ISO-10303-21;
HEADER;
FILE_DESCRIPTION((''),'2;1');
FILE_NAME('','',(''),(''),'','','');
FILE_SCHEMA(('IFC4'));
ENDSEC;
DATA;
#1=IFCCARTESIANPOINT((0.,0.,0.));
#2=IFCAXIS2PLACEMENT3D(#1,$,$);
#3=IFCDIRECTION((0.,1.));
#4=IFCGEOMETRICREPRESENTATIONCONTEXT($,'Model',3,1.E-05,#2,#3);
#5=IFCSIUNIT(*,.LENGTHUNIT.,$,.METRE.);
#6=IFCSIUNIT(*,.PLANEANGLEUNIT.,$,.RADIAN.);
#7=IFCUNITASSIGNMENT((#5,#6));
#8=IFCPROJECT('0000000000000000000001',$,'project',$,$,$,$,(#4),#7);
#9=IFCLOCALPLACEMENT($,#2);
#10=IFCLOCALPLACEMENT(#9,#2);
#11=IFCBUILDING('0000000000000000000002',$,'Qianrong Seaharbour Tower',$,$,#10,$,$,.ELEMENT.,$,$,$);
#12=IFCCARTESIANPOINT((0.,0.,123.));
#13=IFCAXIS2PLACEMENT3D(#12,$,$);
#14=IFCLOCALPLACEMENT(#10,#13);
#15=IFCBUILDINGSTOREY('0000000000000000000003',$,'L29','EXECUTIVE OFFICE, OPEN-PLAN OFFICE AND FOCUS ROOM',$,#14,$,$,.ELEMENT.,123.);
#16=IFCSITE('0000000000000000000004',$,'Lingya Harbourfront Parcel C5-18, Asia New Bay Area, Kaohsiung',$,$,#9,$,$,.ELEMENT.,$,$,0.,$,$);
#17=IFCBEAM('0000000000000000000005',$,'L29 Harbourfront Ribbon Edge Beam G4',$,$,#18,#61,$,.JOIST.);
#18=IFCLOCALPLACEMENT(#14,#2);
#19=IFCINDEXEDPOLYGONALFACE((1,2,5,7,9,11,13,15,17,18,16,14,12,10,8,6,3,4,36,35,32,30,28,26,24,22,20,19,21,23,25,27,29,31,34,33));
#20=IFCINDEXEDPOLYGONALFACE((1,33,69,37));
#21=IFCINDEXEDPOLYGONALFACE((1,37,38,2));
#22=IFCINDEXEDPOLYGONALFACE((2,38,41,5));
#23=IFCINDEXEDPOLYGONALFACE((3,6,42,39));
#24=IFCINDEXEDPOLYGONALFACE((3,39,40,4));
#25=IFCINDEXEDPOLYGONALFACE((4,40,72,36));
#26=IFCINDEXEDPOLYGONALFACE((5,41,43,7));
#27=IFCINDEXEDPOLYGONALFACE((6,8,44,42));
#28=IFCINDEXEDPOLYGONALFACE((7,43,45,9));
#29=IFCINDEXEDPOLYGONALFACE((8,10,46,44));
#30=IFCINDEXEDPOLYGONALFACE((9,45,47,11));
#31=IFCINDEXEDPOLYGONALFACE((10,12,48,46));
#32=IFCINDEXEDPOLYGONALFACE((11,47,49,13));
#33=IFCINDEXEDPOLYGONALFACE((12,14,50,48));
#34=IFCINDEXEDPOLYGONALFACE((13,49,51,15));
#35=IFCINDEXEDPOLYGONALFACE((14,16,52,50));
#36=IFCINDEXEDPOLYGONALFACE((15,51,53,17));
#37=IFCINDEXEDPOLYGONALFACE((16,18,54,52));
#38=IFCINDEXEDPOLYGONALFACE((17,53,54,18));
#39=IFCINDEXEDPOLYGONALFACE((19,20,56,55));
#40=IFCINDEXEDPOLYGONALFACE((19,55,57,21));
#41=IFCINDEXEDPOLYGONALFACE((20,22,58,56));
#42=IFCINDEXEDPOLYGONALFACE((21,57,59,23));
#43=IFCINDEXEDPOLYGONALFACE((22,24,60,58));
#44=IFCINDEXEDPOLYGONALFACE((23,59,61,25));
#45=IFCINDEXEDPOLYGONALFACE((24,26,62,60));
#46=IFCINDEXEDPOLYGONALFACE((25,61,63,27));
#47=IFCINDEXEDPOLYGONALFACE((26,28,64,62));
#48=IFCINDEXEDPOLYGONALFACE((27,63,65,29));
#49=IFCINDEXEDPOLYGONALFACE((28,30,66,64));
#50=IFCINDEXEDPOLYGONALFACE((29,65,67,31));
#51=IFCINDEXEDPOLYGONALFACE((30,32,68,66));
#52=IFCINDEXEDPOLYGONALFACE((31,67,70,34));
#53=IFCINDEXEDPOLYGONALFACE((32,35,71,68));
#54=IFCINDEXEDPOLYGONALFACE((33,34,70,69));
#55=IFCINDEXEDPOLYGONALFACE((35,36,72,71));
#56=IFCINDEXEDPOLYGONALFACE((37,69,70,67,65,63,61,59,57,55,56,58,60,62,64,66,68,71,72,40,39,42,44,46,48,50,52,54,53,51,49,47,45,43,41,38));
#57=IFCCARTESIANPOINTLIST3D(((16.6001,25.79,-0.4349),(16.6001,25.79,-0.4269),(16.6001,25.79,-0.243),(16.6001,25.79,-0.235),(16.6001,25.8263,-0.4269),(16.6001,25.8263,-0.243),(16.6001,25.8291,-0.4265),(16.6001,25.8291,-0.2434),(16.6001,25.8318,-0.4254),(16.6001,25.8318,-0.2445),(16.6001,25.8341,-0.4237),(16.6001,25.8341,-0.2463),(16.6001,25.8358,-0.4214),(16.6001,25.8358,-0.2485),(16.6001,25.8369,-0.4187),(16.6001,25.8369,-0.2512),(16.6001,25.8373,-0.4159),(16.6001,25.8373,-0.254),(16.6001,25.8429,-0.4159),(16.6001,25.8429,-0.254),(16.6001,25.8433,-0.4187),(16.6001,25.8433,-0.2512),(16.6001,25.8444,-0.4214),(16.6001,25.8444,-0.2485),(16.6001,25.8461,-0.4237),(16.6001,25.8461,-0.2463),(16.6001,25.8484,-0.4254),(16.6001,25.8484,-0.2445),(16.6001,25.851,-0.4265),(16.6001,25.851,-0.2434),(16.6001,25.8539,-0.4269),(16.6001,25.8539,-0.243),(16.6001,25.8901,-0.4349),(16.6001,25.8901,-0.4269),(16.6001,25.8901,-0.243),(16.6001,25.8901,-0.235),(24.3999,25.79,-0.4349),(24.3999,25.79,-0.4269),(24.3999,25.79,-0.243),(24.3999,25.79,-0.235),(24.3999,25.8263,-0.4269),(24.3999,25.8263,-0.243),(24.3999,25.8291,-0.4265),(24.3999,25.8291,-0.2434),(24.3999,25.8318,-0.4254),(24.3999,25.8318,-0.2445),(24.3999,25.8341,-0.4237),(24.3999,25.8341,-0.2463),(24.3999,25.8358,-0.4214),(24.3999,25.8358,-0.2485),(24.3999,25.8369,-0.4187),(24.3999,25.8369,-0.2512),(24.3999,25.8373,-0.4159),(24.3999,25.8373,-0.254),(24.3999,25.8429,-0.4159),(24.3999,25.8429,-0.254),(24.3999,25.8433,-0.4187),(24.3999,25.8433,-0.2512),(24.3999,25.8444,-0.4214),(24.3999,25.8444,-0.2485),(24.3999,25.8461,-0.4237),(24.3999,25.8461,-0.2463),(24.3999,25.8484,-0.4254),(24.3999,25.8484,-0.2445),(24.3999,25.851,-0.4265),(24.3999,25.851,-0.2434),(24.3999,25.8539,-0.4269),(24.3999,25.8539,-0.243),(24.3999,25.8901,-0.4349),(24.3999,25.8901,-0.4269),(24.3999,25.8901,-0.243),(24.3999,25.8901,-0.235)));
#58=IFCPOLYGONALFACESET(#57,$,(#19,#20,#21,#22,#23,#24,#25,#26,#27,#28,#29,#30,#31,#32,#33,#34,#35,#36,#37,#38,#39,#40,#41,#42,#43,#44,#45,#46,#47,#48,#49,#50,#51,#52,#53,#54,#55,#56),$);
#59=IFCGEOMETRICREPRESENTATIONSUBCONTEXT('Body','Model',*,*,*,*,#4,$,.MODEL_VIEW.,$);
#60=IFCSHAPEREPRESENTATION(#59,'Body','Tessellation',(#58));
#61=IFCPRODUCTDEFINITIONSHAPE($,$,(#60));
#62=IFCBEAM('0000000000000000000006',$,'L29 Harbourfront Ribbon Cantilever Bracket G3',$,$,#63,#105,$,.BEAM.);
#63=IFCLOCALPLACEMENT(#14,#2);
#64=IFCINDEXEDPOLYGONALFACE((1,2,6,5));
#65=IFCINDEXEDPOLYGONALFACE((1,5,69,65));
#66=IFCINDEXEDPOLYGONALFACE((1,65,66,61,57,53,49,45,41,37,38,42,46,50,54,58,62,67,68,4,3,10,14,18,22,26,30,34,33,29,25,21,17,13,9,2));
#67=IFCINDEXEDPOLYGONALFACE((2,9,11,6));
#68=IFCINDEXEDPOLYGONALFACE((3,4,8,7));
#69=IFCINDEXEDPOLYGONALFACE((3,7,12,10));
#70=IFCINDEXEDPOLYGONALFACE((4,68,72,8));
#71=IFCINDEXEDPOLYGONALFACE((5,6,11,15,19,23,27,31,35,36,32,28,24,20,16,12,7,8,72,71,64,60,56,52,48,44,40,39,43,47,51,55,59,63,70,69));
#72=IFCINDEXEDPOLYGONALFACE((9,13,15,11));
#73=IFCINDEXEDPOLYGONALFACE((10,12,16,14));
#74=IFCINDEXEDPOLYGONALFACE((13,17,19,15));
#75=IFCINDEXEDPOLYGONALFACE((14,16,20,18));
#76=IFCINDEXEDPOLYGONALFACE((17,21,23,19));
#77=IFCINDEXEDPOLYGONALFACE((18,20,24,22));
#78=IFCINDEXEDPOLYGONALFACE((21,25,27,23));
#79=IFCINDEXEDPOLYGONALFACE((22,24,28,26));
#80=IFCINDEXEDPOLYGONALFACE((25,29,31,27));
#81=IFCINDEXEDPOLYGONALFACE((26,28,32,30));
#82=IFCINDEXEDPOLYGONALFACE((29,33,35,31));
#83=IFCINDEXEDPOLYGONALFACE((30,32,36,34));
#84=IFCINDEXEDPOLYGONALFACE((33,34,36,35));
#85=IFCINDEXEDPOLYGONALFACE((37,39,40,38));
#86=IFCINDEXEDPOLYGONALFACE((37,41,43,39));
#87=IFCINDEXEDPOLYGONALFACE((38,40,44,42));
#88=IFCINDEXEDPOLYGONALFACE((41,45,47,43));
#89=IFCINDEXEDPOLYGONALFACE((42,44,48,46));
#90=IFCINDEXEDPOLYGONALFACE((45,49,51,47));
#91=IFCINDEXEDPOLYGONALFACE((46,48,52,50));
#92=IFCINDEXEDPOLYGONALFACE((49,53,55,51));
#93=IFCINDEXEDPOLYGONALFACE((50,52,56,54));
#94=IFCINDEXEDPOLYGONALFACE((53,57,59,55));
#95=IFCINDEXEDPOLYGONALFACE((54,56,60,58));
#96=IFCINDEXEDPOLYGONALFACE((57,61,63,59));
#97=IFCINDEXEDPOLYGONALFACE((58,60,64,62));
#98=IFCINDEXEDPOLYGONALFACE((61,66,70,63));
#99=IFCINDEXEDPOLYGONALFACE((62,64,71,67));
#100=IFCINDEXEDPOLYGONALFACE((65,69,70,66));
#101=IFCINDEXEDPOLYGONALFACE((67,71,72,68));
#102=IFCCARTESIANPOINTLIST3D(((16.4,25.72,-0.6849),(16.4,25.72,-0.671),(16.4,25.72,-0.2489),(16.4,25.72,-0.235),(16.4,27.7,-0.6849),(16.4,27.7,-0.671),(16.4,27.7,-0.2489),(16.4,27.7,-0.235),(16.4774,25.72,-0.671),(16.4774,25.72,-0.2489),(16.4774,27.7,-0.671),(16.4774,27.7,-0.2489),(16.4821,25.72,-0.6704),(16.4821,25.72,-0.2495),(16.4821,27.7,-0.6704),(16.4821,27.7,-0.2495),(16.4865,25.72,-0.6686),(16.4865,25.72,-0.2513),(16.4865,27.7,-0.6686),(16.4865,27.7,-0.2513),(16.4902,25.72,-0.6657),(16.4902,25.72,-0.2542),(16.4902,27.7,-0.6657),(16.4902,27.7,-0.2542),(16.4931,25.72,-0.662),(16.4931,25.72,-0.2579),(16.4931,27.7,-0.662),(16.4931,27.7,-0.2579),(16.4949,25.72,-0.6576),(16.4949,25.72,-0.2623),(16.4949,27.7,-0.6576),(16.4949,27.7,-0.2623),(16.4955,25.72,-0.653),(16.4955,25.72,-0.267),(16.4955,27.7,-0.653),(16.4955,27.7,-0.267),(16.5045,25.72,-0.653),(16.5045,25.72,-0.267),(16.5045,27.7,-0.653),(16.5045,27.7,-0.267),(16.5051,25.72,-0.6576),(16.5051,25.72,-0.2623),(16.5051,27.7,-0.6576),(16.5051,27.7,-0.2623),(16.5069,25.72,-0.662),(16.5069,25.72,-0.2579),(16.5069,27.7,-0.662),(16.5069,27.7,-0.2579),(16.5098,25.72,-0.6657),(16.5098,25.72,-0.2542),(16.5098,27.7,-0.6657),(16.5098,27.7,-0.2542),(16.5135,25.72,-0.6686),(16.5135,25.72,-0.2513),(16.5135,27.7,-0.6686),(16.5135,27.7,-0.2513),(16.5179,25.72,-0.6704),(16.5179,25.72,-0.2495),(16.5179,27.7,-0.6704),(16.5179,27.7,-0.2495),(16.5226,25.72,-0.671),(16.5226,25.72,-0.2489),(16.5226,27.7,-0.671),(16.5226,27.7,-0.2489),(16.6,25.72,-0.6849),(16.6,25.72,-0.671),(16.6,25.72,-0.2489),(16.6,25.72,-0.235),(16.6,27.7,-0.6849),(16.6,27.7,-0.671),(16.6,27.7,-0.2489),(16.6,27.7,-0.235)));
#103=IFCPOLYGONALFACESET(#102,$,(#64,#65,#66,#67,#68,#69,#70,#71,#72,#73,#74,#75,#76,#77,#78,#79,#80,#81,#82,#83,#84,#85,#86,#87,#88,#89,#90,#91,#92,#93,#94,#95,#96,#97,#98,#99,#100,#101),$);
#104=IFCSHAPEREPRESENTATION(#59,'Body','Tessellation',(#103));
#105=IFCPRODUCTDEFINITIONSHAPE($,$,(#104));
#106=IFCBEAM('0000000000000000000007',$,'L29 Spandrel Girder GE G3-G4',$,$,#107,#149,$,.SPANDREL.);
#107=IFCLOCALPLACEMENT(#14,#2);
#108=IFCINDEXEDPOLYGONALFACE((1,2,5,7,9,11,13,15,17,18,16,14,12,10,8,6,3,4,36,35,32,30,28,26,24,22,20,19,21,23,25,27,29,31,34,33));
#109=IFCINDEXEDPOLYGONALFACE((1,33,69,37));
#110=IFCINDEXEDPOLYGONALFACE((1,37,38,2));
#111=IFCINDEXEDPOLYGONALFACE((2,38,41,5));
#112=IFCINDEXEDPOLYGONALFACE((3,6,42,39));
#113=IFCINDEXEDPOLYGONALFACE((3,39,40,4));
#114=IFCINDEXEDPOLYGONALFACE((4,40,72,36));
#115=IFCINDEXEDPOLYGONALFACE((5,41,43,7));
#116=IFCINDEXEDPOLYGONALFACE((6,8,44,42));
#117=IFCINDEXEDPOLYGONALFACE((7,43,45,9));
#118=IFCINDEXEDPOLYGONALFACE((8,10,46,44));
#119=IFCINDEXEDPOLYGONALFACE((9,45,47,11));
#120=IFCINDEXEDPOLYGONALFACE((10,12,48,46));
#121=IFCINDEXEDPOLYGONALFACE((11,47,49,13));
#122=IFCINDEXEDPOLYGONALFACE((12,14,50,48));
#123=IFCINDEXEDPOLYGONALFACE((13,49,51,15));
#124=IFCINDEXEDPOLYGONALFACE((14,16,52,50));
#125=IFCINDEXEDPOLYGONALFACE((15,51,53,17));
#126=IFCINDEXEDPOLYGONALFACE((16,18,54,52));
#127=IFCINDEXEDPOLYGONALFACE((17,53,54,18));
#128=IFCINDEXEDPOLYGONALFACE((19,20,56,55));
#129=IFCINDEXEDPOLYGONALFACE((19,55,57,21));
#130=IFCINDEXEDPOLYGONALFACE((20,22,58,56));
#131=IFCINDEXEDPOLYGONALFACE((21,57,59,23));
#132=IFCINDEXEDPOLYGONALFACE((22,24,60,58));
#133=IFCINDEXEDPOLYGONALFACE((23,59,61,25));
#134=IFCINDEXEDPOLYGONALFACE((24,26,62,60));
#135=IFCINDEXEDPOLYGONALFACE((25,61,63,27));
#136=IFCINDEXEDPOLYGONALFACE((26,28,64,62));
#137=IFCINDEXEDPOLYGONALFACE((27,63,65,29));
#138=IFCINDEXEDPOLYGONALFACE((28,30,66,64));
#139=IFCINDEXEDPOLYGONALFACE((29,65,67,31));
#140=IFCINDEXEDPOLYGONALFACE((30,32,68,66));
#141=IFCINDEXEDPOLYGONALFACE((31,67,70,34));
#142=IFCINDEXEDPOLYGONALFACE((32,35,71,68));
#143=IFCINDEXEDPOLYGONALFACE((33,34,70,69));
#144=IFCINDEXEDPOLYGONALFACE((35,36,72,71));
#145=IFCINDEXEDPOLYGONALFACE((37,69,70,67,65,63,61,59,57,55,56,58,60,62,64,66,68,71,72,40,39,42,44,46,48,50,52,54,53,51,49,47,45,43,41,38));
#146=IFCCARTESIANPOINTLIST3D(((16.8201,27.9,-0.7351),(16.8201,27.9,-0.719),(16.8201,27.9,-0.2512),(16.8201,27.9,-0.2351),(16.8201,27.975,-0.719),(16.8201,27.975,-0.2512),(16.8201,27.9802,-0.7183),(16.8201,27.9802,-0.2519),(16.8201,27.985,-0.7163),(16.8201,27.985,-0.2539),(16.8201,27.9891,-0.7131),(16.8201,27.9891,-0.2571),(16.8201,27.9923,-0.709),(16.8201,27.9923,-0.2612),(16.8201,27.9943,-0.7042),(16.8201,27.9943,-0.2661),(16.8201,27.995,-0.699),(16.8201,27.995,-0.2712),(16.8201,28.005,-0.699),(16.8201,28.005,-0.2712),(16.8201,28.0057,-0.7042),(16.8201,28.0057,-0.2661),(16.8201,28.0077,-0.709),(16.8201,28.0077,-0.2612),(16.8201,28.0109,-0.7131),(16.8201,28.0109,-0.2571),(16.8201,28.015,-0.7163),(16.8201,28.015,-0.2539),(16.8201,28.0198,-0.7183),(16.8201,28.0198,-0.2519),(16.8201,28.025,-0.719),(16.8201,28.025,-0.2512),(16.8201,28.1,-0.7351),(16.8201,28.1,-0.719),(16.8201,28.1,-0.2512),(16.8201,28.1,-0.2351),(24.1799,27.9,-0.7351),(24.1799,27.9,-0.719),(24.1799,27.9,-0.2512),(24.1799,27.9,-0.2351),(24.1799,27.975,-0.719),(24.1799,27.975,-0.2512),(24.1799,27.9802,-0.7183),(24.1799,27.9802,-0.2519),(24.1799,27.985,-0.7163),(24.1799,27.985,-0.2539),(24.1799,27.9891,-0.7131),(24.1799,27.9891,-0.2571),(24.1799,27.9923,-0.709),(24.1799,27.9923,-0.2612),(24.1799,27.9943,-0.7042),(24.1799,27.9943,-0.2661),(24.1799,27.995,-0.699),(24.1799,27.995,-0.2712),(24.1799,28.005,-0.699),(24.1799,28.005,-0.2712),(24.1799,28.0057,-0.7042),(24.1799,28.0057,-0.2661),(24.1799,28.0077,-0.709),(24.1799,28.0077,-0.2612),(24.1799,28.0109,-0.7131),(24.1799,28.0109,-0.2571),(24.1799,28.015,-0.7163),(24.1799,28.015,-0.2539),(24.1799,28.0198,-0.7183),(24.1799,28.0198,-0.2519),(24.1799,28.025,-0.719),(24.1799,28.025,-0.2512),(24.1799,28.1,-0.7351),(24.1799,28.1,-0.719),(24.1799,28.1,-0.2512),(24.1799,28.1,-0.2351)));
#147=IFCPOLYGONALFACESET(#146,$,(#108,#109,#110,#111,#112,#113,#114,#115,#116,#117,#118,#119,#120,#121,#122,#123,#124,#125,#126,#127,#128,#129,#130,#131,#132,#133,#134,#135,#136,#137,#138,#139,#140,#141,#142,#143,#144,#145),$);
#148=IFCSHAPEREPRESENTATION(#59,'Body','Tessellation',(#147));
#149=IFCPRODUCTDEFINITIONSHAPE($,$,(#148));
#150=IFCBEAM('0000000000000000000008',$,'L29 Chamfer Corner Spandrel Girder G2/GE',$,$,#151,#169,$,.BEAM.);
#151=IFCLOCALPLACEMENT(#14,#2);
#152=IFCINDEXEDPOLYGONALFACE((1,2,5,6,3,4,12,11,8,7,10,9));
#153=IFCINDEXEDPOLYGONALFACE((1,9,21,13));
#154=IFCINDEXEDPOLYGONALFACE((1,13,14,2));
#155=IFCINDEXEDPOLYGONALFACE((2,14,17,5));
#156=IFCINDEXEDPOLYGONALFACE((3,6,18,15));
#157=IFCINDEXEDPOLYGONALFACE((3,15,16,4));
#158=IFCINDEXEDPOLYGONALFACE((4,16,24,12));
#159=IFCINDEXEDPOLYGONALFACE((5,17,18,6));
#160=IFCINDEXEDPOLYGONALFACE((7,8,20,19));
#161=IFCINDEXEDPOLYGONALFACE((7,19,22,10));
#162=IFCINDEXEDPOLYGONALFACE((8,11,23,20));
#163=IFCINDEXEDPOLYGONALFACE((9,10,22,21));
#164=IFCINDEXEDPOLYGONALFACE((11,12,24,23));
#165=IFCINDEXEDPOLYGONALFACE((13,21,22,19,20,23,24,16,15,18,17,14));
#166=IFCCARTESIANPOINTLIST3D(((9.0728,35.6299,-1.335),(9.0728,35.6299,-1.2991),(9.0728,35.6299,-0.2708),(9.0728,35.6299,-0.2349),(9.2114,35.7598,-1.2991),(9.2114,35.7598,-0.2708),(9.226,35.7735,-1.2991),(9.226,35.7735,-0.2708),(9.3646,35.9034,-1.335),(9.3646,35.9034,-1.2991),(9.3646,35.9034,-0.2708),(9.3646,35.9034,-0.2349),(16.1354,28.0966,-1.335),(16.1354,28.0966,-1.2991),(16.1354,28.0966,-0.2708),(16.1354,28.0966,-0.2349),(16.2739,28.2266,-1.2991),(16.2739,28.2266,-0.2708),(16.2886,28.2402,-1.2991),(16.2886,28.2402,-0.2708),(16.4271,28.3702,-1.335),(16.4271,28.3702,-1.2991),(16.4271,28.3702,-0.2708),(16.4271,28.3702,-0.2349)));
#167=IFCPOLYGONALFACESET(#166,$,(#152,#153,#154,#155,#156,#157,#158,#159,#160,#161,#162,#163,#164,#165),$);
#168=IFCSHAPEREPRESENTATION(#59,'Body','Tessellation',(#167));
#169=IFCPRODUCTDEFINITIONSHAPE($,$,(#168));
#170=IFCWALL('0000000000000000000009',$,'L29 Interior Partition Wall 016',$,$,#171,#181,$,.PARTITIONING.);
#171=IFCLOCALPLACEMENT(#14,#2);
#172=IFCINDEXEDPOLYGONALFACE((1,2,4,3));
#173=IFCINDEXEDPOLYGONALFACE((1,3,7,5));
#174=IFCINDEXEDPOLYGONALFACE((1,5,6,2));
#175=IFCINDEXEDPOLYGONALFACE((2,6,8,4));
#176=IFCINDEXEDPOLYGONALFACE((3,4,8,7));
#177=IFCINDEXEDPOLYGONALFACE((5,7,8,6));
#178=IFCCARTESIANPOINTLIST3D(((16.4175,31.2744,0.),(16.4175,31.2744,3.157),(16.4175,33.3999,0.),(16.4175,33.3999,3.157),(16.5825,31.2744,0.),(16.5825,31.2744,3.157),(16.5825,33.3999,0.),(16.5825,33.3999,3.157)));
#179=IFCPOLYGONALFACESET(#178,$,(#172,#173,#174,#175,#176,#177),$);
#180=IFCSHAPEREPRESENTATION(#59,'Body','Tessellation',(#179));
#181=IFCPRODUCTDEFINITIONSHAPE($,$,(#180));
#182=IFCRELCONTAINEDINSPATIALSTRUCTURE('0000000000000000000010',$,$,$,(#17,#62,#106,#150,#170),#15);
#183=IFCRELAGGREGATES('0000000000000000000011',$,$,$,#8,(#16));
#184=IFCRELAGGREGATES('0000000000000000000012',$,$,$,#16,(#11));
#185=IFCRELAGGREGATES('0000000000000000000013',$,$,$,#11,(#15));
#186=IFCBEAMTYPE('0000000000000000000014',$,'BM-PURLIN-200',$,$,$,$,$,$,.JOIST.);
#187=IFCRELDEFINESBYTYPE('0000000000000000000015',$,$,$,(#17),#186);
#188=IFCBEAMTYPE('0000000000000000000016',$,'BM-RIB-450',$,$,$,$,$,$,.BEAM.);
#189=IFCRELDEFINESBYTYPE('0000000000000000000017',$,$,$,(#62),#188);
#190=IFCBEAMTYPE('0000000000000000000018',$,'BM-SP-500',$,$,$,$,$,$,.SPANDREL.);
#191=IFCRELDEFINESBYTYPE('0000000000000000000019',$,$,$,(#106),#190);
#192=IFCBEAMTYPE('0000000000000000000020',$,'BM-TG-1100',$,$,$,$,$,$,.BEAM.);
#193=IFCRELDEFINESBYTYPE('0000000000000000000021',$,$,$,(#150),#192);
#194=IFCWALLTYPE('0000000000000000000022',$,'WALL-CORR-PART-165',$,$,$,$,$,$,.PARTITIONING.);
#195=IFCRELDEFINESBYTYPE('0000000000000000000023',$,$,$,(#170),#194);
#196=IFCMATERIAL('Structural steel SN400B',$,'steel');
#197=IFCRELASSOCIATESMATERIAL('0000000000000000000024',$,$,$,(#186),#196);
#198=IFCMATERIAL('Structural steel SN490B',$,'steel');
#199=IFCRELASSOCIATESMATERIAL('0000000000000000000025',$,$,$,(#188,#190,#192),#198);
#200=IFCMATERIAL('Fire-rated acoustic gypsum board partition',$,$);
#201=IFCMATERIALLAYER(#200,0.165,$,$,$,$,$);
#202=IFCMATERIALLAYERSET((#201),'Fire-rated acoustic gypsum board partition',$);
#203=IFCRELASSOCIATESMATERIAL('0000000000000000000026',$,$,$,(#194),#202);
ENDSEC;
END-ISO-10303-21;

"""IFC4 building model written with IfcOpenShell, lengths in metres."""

from ifc_helpers import new_model, si_unit, direction, frame, frame_2d, origin, origin_2d, place, context, subcontext, project, spatial, rectangle, i_section, extrude, material, layer, layer_set, material_profile, profile_set, type_object, element, save


model = new_model("IFC4")

# Units and contexts
model_context = context("Model", 3, precision=1e-05, world=origin(), true_north=direction((0.0, 1.0)))
body_context = subcontext(model_context, "Body", "Model", "MODEL_VIEW")
ifc_project = project(units=[si_unit("LENGTHUNIT", "METRE"), si_unit("PLANEANGLEUNIT", "RADIAN")], contexts=[model_context])

# Site, building, storey
site_placement = place(None, origin())
site = spatial("IfcSite", under=ifc_project, at=site_placement, Name="Lingya Harbourfront Parcel C5-18, Asia New Bay Area, Kaohsiung", CompositionType="ELEMENT", RefElevation=0.0)
building_placement = place(site_placement, origin())
building = spatial("IfcBuilding", under=site, at=building_placement, Name="Qianrong Seaharbour Tower", CompositionType="ELEMENT")
storey_placement = place(building_placement, frame((0.0, 0.0, 123.0)))
storey = spatial("IfcBuildingStorey", under=building, at=storey_placement, Name="L29", Description="EXECUTIVE OFFICE, OPEN-PLAN OFFICE AND FOCUS ROOM", CompositionType="ELEMENT", Elevation=123.0)

# Shared definitions
ifc_material_1 = material(Name="Structural steel SN490B", Category="steel")

# Beams
ifc_material_2 = material(Name="Structural steel SN400B", Category="steel")
ifc_material_profile_1 = material_profile(ifc_material_2, i_section(OverallWidth=0.1001, OverallDepth=0.2, WebThickness=0.0056, FlangeThickness=0.0081, FilletRadius=0.011, at=origin_2d()), Name="H200x100x5.5x8")
ifc_profile_set_1 = profile_set([ifc_material_profile_1], Name="Structural steel SN400B")
beam_type_1 = type_object("IfcBeamType", Name="BM-PURLIN-200", PredefinedType="JOIST", material=ifc_profile_set_1)
beam_1_placement = place(storey_placement, frame((16.6001, 25.8401, -0.335), z_axis=(1.0, 0.0, 0.0), x_axis=(0.0, 1.0, 0.0)))
element("IfcBeam", 1, at=beam_1_placement, inside=storey, type_object=beam_type_1, Name="L29 Harbourfront Ribbon Edge Beam G4", PredefinedType="JOIST", context=body_context, shape_type="SweptSolid", body=[
    extrude(i_section(OverallWidth=0.1001, OverallDepth=0.2, WebThickness=0.0056, FlangeThickness=0.0081, FilletRadius=0.011, at=origin_2d()), origin(), (0.0, 0.0, 1.0), 7.7998),
])
ifc_material_profile_2 = material_profile(ifc_material_1, i_section(OverallWidth=0.2, OverallDepth=0.45, WebThickness=0.009, FlangeThickness=0.0139, FilletRadius=0.0181, at=origin_2d()), Name="H450x200x9x14")
ifc_profile_set_2 = profile_set([ifc_material_profile_2], Name="Structural steel SN490B")
beam_type_2 = type_object("IfcBeamType", Name="BM-RIB-450", PredefinedType="BEAM", material=ifc_profile_set_2)
beam_2_placement = place(storey_placement, frame((16.5, 27.7, -0.46), z_axis=(0.0, -1.0, 0.0), x_axis=(1.0, 0.0, 0.0)))
element("IfcBeam", 2, at=beam_2_placement, inside=storey, type_object=beam_type_2, Name="L29 Harbourfront Ribbon Cantilever Bracket G3", PredefinedType="BEAM", context=body_context, shape_type="SweptSolid", body=[
    extrude(i_section(OverallWidth=0.2, OverallDepth=0.45, WebThickness=0.009, FlangeThickness=0.0139, FilletRadius=0.0181, at=origin_2d()), origin(), (0.0, 0.0, 1.0), 1.98),
])
ifc_material_profile_3 = material_profile(ifc_material_1, i_section(OverallWidth=0.2, OverallDepth=0.5, WebThickness=0.01, FlangeThickness=0.0161, FilletRadius=0.02, at=origin_2d()), Name="H500x200x10x16")
ifc_profile_set_3 = profile_set([ifc_material_profile_3], Name="Structural steel SN490B")
beam_type_3 = type_object("IfcBeamType", Name="BM-SP-500", PredefinedType="SPANDREL", material=ifc_profile_set_3)
beam_3_placement = place(storey_placement, frame((16.8201, 28.0, -0.4851), z_axis=(1.0, 0.0, 0.0), x_axis=(0.0, 1.0, 0.0)))
element("IfcBeam", 3, at=beam_3_placement, inside=storey, type_object=beam_type_3, Name="L29 Spandrel Girder GE G3-G4", PredefinedType="SPANDREL", context=body_context, shape_type="SweptSolid", body=[
    extrude(i_section(OverallWidth=0.2, OverallDepth=0.5, WebThickness=0.01, FlangeThickness=0.0161, FilletRadius=0.02, at=origin_2d()), origin(), (0.0, 0.0, 1.0), 7.3599),
])
ifc_material_profile_4 = material_profile(ifc_material_1, i_section(OverallWidth=0.3999, OverallDepth=1.1001, WebThickness=0.02, FlangeThickness=0.0359, at=origin_2d()), Name="BH1100x400x20x36")
ifc_profile_set_4 = profile_set([ifc_material_profile_4], Name="Structural steel SN490B")
beam_type_4 = type_object("IfcBeamType", Name="BM-TG-1100", PredefinedType="BEAM", material=ifc_profile_set_4)
beam_4_placement = place(storey_placement, frame((16.2812, 28.2334, -0.7849), z_axis=(-0.683947, 0.729531, 0.0), x_axis=(-0.729531, -0.683947, 0.0)))
element("IfcBeam", 4, at=beam_4_placement, inside=storey, type_object=beam_type_4, Name="L29 Chamfer Corner Spandrel Girder G2/GE", PredefinedType="BEAM", context=body_context, shape_type="SweptSolid", body=[
    extrude(i_section(OverallWidth=0.3999, OverallDepth=1.1001, WebThickness=0.02, FlangeThickness=0.0359, at=origin_2d()), origin(), (0.0, 0.0, 1.0), 10.3262),
])

# Wall
ifc_material_3 = material(Name="Fire-rated acoustic gypsum board partition")
ifc_layer_1 = layer(ifc_material_3, 0.165)
ifc_layer_set_1 = layer_set([ifc_layer_1], Name="Fire-rated acoustic gypsum board partition")
wall_type_1 = type_object("IfcWallType", Name="WALL-CORR-PART-165", PredefinedType="PARTITIONING", material=ifc_layer_set_1)
wall_1_placement = place(storey_placement, frame((16.5, 31.2744, 0.0), z_axis=(0.0, 0.0, 1.0), x_axis=(0.0, 1.0, 0.0)))
element("IfcWall", 5, at=wall_1_placement, inside=storey, type_object=wall_type_1, Name="L29 Interior Partition Wall 016", PredefinedType="PARTITIONING", context=body_context, shape_type="SweptSolid", body=[
    extrude(rectangle(XDim=2.1255, YDim=0.165, at=frame_2d((1.0627, 0.0))), origin(), (0.0, 0.0, 1.0), 3.157),
])

save(model, "model.ifc")
